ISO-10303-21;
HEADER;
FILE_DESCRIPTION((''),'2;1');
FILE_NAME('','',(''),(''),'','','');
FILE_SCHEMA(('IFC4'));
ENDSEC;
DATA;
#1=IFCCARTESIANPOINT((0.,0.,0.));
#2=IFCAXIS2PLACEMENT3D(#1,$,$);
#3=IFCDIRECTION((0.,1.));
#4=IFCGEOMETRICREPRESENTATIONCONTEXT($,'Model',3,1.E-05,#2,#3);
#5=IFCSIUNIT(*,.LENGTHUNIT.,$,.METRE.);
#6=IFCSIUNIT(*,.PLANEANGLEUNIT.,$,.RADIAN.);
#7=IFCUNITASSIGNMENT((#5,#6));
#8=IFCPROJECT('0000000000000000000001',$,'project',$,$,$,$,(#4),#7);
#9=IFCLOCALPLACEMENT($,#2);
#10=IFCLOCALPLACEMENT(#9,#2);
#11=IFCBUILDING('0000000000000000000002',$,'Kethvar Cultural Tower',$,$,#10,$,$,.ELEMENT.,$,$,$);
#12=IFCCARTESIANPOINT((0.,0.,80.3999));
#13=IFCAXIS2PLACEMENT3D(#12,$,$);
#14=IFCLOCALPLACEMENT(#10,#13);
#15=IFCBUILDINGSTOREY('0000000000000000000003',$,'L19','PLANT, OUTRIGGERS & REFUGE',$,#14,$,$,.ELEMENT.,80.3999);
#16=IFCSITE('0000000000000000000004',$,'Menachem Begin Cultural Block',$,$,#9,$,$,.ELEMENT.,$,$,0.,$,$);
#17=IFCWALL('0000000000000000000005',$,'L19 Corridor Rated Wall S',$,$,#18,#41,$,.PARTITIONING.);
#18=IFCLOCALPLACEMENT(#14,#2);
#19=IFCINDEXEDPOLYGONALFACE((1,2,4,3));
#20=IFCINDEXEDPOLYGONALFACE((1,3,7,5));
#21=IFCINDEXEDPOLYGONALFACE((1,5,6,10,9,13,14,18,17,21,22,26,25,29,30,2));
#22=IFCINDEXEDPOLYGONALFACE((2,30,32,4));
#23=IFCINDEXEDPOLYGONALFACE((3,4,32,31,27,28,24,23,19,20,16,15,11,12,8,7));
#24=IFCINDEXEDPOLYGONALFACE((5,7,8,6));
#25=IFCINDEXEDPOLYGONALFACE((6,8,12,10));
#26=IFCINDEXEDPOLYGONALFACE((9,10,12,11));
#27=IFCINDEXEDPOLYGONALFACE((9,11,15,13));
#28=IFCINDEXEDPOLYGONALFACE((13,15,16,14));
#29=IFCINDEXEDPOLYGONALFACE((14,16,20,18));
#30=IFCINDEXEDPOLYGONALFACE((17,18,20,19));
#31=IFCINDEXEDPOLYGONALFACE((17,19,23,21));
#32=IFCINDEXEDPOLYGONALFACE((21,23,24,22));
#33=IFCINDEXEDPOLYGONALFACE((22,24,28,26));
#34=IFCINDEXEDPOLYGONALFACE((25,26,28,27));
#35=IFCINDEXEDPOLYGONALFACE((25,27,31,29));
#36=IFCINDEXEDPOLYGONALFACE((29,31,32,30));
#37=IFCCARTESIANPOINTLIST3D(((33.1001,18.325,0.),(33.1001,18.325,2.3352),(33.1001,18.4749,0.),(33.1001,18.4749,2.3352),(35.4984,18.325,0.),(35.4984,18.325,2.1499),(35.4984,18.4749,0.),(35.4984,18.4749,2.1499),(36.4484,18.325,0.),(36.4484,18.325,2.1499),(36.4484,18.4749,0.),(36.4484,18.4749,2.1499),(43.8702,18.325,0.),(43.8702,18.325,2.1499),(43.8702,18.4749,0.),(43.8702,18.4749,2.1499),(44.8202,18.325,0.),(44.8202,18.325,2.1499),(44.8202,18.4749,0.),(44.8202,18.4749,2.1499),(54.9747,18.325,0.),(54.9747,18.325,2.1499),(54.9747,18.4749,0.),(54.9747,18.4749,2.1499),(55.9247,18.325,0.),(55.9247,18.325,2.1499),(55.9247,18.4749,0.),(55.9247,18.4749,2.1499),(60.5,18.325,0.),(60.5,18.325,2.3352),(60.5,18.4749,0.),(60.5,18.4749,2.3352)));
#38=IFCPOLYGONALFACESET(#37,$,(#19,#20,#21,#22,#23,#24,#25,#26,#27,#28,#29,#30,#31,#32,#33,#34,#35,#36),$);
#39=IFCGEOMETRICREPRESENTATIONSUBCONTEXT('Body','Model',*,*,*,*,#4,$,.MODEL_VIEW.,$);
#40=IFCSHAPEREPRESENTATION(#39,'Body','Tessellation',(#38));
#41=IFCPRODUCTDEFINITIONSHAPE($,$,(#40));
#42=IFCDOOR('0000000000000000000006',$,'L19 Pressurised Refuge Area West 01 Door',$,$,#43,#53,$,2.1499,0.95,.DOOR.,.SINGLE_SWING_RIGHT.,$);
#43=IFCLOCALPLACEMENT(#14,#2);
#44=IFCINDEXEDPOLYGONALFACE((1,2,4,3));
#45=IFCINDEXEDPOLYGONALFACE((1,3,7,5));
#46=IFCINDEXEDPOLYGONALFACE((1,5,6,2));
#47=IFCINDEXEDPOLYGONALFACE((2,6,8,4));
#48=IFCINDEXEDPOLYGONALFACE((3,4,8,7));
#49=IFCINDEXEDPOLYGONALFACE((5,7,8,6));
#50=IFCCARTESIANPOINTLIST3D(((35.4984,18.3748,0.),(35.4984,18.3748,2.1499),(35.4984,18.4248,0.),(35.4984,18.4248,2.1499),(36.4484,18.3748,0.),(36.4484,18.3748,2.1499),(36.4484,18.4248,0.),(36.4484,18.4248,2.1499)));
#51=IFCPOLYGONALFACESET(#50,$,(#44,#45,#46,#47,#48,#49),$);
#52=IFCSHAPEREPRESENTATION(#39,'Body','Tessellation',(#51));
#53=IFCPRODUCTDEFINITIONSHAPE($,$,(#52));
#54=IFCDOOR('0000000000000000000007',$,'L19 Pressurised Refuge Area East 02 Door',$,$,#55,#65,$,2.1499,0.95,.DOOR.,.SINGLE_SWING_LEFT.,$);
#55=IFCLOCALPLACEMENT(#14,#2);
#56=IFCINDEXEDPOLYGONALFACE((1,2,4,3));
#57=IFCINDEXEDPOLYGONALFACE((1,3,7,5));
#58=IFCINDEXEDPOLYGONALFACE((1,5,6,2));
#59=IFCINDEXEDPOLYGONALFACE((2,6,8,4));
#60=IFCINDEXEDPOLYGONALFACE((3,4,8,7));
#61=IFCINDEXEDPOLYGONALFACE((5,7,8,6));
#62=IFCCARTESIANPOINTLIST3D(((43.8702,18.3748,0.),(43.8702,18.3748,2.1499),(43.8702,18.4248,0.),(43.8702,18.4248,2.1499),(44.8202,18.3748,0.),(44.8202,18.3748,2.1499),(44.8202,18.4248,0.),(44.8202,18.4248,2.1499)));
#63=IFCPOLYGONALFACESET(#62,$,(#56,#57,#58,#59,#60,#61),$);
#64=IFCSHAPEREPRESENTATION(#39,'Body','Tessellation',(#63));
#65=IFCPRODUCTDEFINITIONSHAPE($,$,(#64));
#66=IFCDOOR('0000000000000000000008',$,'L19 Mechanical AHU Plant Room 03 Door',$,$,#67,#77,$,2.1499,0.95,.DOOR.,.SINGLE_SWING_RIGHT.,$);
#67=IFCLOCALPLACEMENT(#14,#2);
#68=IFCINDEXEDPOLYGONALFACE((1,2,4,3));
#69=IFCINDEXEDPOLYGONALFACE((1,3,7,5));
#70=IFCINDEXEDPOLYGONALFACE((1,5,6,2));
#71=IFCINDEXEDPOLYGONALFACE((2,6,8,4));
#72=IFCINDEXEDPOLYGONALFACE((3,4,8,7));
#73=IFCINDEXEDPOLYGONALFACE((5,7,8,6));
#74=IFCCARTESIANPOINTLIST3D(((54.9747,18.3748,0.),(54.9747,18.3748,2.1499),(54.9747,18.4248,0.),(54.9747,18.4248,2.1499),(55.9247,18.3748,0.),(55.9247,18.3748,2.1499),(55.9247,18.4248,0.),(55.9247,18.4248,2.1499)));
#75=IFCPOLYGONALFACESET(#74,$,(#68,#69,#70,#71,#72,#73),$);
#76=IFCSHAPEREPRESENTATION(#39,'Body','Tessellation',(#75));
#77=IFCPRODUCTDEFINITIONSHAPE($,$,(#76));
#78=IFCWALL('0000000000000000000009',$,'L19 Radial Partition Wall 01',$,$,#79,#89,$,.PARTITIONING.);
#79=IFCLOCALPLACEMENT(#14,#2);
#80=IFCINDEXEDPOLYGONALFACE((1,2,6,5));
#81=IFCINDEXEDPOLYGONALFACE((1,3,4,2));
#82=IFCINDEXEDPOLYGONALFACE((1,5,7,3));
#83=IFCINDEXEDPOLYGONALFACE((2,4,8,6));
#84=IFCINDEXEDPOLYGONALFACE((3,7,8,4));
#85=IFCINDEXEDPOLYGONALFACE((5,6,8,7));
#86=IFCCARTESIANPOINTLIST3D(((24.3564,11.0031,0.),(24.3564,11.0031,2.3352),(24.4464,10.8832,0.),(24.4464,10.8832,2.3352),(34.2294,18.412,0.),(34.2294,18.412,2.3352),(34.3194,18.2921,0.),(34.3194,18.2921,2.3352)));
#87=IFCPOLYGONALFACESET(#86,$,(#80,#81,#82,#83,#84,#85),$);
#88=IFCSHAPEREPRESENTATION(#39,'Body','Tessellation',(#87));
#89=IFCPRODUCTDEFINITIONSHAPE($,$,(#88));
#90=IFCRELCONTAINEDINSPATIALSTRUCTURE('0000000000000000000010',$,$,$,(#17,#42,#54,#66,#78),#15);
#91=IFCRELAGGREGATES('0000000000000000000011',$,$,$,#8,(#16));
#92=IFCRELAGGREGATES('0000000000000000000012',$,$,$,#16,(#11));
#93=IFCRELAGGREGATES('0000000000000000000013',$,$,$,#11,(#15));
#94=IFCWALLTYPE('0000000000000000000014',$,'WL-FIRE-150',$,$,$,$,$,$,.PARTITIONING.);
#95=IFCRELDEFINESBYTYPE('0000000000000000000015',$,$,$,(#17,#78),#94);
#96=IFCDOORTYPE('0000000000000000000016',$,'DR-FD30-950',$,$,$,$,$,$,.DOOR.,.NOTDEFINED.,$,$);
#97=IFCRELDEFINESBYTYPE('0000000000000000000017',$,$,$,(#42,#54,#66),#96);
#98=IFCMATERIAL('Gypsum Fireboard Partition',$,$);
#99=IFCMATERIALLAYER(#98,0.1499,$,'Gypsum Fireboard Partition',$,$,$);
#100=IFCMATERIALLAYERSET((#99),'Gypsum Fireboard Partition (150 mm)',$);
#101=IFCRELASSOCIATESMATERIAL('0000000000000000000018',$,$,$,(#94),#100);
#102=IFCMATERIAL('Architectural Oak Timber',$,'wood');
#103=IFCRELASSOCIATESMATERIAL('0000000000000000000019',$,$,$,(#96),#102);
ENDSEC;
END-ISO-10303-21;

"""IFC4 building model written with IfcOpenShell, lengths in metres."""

from ifc_helpers import new_model, si_unit, direction, frame, frame_2d, origin, place, context, subcontext, project, spatial, rectangle, extrude, source, transform, mapped, material, layer, layer_set, type_object, element, fill, save


model = new_model("IFC4")

# Units and contexts
model_context = context("Model", 3, precision=1e-05, world=origin(), true_north=direction((0.0, 1.0)))
body_context = subcontext(model_context, "Body", "Model", "MODEL_VIEW")
ifc_project = project(units=[si_unit("LENGTHUNIT", "METRE"), si_unit("PLANEANGLEUNIT", "RADIAN")], contexts=[model_context])

# Site, building, storey
site_placement = place(None, origin())
site = spatial("IfcSite", under=ifc_project, at=site_placement, Name="Menachem Begin Cultural Block", CompositionType="ELEMENT", RefElevation=0.0)
building_placement = place(site_placement, origin())
building = spatial("IfcBuilding", under=site, at=building_placement, Name="Kethvar Cultural Tower", CompositionType="ELEMENT")
storey_placement = place(building_placement, frame((0.0, 0.0, 80.3999)))
storey = spatial("IfcBuildingStorey", under=building, at=storey_placement, Name="L19", Description="PLANT, OUTRIGGERS & REFUGE", CompositionType="ELEMENT", Elevation=80.3999)

# Wall, openings, doors
ifc_material_1 = material(Name="Gypsum Fireboard Partition")
ifc_layer_1 = layer(ifc_material_1, 0.1499, Name="Gypsum Fireboard Partition")
ifc_layer_set_1 = layer_set([ifc_layer_1], Name="Gypsum Fireboard Partition (150 mm)")
wall_type = type_object("IfcWallType", Name="WL-FIRE-150", PredefinedType="PARTITIONING", material=ifc_layer_set_1)
wall_1_placement = place(storey_placement, frame((33.1001, 18.3999, 0.0), z_axis=(0.0, 0.0, 1.0), x_axis=(1.0, 0.0, 0.0)))
wall_1 = element("IfcWall", 1, at=wall_1_placement, inside=storey, type_object=wall_type, Name="L19 Corridor Rated Wall S", PredefinedType="PARTITIONING", context=body_context, shape_type="SweptSolid", body=[
    extrude(rectangle(XDim=27.3999, YDim=0.1499, at=frame_2d((13.7, 0.0))), origin(), (0.0, 0.0, 1.0), 2.3352),
])
opening_1_placement = place(wall_1_placement, frame((2.3982, 0.0, 0.0)))
opening_1 = element("IfcOpeningElement", 2, at=opening_1_placement, cuts=wall_1, PredefinedType="OPENING", context=body_context, shape_type="SweptSolid", body=[
    extrude(rectangle(XDim=0.95, YDim=2.1499, at=frame_2d((0.4751, 1.075))), frame((0.0, 0.085, 0.0), z_axis=(0.0, -1.0, 0.0), x_axis=(1.0, 0.0, 0.0)), (0.0, 0.0, 1.0), 0.1699),
])
opening_2_placement = place(wall_1_placement, frame((10.77, 0.0, 0.0)))
opening_2 = element("IfcOpeningElement", 3, at=opening_2_placement, cuts=wall_1, PredefinedType="OPENING", context=body_context, shape_type="SweptSolid", body=[
    extrude(rectangle(XDim=0.95, YDim=2.1499, at=frame_2d((0.4751, 1.075))), frame((0.0, 0.085, 0.0), z_axis=(0.0, -1.0, 0.0), x_axis=(1.0, 0.0, 0.0)), (0.0, 0.0, 1.0), 0.1699),
])
opening_3_placement = place(wall_1_placement, frame((21.8745, 0.0, 0.0)))
opening_3 = element("IfcOpeningElement", 4, at=opening_3_placement, cuts=wall_1, PredefinedType="OPENING", context=body_context, shape_type="SweptSolid", body=[
    extrude(rectangle(XDim=0.95, YDim=2.1499, at=frame_2d((0.4751, 1.075))), frame((0.0, 0.085, 0.0), z_axis=(0.0, -1.0, 0.0), x_axis=(1.0, 0.0, 0.0)), (0.0, 0.0, 1.0), 0.1699),
])
ifc_material_2 = material(Name="Architectural Oak Timber", Category="wood")
door_type = type_object("IfcDoorType", Name="DR-FD30-950", OperationType="NOTDEFINED", PredefinedType="DOOR", material=ifc_material_2)
shared_shape_1 = source(origin(), body_context, "Body", "SweptSolid", [
    extrude(rectangle(XDim=0.95, YDim=2.1499, at=frame_2d((0.4751, 1.075))), frame((0.0, 0.0249, 0.0), z_axis=(0.0, -1.0, 0.0), x_axis=(1.0, 0.0, 0.0)), (0.0, 0.0, 1.0), 0.05),
])
door_1_placement = place(opening_1_placement, origin())
door_1 = element("IfcDoor", 5, at=door_1_placement, inside=storey, type_object=door_type, Name="L19 Pressurised Refuge Area West 01 Door", OperationType="SINGLE_SWING_RIGHT", OverallHeight=2.1499, OverallWidth=0.95, PredefinedType="DOOR", context=body_context, shape_type="MappedRepresentation", body=[
    mapped(shared_shape_1, transform((0.0, 0.0, 0.0), scale=1.0)),
])
fill(opening_1, door_1)
door_2_placement = place(opening_2_placement, origin())
door_2 = element("IfcDoor", 6, at=door_2_placement, inside=storey, type_object=door_type, Name="L19 Pressurised Refuge Area East 02 Door", OperationType="SINGLE_SWING_LEFT", OverallHeight=2.1499, OverallWidth=0.95, PredefinedType="DOOR", context=body_context, shape_type="MappedRepresentation", body=[
    mapped(shared_shape_1, transform((0.0, 0.0, 0.0), scale=1.0)),
])
fill(opening_2, door_2)
door_3_placement = place(opening_3_placement, origin())
door_3 = element("IfcDoor", 7, at=door_3_placement, inside=storey, type_object=door_type, Name="L19 Mechanical AHU Plant Room 03 Door", OperationType="SINGLE_SWING_RIGHT", OverallHeight=2.1499, OverallWidth=0.95, PredefinedType="DOOR", context=body_context, shape_type="MappedRepresentation", body=[
    mapped(shared_shape_1, transform((0.0, 0.0, 0.0), scale=1.0)),
])
fill(opening_3, door_3)

# Wall
wall_2_placement = place(storey_placement, frame((34.2744, 18.3521, 0.0), z_axis=(0.0, 0.0, 1.0), x_axis=(-0.799839, -0.600215, 0.0)))
element("IfcWall", 8, at=wall_2_placement, inside=storey, type_object=wall_type, Name="L19 Radial Partition Wall 01", PredefinedType="PARTITIONING", context=body_context, shape_type="SweptSolid", body=[
    extrude(rectangle(XDim=12.3438, YDim=0.1499, at=frame_2d((6.1719, 0.0))), origin(), (0.0, 0.0, 1.0), 2.3352),
])

save(model, "model.ifc")
